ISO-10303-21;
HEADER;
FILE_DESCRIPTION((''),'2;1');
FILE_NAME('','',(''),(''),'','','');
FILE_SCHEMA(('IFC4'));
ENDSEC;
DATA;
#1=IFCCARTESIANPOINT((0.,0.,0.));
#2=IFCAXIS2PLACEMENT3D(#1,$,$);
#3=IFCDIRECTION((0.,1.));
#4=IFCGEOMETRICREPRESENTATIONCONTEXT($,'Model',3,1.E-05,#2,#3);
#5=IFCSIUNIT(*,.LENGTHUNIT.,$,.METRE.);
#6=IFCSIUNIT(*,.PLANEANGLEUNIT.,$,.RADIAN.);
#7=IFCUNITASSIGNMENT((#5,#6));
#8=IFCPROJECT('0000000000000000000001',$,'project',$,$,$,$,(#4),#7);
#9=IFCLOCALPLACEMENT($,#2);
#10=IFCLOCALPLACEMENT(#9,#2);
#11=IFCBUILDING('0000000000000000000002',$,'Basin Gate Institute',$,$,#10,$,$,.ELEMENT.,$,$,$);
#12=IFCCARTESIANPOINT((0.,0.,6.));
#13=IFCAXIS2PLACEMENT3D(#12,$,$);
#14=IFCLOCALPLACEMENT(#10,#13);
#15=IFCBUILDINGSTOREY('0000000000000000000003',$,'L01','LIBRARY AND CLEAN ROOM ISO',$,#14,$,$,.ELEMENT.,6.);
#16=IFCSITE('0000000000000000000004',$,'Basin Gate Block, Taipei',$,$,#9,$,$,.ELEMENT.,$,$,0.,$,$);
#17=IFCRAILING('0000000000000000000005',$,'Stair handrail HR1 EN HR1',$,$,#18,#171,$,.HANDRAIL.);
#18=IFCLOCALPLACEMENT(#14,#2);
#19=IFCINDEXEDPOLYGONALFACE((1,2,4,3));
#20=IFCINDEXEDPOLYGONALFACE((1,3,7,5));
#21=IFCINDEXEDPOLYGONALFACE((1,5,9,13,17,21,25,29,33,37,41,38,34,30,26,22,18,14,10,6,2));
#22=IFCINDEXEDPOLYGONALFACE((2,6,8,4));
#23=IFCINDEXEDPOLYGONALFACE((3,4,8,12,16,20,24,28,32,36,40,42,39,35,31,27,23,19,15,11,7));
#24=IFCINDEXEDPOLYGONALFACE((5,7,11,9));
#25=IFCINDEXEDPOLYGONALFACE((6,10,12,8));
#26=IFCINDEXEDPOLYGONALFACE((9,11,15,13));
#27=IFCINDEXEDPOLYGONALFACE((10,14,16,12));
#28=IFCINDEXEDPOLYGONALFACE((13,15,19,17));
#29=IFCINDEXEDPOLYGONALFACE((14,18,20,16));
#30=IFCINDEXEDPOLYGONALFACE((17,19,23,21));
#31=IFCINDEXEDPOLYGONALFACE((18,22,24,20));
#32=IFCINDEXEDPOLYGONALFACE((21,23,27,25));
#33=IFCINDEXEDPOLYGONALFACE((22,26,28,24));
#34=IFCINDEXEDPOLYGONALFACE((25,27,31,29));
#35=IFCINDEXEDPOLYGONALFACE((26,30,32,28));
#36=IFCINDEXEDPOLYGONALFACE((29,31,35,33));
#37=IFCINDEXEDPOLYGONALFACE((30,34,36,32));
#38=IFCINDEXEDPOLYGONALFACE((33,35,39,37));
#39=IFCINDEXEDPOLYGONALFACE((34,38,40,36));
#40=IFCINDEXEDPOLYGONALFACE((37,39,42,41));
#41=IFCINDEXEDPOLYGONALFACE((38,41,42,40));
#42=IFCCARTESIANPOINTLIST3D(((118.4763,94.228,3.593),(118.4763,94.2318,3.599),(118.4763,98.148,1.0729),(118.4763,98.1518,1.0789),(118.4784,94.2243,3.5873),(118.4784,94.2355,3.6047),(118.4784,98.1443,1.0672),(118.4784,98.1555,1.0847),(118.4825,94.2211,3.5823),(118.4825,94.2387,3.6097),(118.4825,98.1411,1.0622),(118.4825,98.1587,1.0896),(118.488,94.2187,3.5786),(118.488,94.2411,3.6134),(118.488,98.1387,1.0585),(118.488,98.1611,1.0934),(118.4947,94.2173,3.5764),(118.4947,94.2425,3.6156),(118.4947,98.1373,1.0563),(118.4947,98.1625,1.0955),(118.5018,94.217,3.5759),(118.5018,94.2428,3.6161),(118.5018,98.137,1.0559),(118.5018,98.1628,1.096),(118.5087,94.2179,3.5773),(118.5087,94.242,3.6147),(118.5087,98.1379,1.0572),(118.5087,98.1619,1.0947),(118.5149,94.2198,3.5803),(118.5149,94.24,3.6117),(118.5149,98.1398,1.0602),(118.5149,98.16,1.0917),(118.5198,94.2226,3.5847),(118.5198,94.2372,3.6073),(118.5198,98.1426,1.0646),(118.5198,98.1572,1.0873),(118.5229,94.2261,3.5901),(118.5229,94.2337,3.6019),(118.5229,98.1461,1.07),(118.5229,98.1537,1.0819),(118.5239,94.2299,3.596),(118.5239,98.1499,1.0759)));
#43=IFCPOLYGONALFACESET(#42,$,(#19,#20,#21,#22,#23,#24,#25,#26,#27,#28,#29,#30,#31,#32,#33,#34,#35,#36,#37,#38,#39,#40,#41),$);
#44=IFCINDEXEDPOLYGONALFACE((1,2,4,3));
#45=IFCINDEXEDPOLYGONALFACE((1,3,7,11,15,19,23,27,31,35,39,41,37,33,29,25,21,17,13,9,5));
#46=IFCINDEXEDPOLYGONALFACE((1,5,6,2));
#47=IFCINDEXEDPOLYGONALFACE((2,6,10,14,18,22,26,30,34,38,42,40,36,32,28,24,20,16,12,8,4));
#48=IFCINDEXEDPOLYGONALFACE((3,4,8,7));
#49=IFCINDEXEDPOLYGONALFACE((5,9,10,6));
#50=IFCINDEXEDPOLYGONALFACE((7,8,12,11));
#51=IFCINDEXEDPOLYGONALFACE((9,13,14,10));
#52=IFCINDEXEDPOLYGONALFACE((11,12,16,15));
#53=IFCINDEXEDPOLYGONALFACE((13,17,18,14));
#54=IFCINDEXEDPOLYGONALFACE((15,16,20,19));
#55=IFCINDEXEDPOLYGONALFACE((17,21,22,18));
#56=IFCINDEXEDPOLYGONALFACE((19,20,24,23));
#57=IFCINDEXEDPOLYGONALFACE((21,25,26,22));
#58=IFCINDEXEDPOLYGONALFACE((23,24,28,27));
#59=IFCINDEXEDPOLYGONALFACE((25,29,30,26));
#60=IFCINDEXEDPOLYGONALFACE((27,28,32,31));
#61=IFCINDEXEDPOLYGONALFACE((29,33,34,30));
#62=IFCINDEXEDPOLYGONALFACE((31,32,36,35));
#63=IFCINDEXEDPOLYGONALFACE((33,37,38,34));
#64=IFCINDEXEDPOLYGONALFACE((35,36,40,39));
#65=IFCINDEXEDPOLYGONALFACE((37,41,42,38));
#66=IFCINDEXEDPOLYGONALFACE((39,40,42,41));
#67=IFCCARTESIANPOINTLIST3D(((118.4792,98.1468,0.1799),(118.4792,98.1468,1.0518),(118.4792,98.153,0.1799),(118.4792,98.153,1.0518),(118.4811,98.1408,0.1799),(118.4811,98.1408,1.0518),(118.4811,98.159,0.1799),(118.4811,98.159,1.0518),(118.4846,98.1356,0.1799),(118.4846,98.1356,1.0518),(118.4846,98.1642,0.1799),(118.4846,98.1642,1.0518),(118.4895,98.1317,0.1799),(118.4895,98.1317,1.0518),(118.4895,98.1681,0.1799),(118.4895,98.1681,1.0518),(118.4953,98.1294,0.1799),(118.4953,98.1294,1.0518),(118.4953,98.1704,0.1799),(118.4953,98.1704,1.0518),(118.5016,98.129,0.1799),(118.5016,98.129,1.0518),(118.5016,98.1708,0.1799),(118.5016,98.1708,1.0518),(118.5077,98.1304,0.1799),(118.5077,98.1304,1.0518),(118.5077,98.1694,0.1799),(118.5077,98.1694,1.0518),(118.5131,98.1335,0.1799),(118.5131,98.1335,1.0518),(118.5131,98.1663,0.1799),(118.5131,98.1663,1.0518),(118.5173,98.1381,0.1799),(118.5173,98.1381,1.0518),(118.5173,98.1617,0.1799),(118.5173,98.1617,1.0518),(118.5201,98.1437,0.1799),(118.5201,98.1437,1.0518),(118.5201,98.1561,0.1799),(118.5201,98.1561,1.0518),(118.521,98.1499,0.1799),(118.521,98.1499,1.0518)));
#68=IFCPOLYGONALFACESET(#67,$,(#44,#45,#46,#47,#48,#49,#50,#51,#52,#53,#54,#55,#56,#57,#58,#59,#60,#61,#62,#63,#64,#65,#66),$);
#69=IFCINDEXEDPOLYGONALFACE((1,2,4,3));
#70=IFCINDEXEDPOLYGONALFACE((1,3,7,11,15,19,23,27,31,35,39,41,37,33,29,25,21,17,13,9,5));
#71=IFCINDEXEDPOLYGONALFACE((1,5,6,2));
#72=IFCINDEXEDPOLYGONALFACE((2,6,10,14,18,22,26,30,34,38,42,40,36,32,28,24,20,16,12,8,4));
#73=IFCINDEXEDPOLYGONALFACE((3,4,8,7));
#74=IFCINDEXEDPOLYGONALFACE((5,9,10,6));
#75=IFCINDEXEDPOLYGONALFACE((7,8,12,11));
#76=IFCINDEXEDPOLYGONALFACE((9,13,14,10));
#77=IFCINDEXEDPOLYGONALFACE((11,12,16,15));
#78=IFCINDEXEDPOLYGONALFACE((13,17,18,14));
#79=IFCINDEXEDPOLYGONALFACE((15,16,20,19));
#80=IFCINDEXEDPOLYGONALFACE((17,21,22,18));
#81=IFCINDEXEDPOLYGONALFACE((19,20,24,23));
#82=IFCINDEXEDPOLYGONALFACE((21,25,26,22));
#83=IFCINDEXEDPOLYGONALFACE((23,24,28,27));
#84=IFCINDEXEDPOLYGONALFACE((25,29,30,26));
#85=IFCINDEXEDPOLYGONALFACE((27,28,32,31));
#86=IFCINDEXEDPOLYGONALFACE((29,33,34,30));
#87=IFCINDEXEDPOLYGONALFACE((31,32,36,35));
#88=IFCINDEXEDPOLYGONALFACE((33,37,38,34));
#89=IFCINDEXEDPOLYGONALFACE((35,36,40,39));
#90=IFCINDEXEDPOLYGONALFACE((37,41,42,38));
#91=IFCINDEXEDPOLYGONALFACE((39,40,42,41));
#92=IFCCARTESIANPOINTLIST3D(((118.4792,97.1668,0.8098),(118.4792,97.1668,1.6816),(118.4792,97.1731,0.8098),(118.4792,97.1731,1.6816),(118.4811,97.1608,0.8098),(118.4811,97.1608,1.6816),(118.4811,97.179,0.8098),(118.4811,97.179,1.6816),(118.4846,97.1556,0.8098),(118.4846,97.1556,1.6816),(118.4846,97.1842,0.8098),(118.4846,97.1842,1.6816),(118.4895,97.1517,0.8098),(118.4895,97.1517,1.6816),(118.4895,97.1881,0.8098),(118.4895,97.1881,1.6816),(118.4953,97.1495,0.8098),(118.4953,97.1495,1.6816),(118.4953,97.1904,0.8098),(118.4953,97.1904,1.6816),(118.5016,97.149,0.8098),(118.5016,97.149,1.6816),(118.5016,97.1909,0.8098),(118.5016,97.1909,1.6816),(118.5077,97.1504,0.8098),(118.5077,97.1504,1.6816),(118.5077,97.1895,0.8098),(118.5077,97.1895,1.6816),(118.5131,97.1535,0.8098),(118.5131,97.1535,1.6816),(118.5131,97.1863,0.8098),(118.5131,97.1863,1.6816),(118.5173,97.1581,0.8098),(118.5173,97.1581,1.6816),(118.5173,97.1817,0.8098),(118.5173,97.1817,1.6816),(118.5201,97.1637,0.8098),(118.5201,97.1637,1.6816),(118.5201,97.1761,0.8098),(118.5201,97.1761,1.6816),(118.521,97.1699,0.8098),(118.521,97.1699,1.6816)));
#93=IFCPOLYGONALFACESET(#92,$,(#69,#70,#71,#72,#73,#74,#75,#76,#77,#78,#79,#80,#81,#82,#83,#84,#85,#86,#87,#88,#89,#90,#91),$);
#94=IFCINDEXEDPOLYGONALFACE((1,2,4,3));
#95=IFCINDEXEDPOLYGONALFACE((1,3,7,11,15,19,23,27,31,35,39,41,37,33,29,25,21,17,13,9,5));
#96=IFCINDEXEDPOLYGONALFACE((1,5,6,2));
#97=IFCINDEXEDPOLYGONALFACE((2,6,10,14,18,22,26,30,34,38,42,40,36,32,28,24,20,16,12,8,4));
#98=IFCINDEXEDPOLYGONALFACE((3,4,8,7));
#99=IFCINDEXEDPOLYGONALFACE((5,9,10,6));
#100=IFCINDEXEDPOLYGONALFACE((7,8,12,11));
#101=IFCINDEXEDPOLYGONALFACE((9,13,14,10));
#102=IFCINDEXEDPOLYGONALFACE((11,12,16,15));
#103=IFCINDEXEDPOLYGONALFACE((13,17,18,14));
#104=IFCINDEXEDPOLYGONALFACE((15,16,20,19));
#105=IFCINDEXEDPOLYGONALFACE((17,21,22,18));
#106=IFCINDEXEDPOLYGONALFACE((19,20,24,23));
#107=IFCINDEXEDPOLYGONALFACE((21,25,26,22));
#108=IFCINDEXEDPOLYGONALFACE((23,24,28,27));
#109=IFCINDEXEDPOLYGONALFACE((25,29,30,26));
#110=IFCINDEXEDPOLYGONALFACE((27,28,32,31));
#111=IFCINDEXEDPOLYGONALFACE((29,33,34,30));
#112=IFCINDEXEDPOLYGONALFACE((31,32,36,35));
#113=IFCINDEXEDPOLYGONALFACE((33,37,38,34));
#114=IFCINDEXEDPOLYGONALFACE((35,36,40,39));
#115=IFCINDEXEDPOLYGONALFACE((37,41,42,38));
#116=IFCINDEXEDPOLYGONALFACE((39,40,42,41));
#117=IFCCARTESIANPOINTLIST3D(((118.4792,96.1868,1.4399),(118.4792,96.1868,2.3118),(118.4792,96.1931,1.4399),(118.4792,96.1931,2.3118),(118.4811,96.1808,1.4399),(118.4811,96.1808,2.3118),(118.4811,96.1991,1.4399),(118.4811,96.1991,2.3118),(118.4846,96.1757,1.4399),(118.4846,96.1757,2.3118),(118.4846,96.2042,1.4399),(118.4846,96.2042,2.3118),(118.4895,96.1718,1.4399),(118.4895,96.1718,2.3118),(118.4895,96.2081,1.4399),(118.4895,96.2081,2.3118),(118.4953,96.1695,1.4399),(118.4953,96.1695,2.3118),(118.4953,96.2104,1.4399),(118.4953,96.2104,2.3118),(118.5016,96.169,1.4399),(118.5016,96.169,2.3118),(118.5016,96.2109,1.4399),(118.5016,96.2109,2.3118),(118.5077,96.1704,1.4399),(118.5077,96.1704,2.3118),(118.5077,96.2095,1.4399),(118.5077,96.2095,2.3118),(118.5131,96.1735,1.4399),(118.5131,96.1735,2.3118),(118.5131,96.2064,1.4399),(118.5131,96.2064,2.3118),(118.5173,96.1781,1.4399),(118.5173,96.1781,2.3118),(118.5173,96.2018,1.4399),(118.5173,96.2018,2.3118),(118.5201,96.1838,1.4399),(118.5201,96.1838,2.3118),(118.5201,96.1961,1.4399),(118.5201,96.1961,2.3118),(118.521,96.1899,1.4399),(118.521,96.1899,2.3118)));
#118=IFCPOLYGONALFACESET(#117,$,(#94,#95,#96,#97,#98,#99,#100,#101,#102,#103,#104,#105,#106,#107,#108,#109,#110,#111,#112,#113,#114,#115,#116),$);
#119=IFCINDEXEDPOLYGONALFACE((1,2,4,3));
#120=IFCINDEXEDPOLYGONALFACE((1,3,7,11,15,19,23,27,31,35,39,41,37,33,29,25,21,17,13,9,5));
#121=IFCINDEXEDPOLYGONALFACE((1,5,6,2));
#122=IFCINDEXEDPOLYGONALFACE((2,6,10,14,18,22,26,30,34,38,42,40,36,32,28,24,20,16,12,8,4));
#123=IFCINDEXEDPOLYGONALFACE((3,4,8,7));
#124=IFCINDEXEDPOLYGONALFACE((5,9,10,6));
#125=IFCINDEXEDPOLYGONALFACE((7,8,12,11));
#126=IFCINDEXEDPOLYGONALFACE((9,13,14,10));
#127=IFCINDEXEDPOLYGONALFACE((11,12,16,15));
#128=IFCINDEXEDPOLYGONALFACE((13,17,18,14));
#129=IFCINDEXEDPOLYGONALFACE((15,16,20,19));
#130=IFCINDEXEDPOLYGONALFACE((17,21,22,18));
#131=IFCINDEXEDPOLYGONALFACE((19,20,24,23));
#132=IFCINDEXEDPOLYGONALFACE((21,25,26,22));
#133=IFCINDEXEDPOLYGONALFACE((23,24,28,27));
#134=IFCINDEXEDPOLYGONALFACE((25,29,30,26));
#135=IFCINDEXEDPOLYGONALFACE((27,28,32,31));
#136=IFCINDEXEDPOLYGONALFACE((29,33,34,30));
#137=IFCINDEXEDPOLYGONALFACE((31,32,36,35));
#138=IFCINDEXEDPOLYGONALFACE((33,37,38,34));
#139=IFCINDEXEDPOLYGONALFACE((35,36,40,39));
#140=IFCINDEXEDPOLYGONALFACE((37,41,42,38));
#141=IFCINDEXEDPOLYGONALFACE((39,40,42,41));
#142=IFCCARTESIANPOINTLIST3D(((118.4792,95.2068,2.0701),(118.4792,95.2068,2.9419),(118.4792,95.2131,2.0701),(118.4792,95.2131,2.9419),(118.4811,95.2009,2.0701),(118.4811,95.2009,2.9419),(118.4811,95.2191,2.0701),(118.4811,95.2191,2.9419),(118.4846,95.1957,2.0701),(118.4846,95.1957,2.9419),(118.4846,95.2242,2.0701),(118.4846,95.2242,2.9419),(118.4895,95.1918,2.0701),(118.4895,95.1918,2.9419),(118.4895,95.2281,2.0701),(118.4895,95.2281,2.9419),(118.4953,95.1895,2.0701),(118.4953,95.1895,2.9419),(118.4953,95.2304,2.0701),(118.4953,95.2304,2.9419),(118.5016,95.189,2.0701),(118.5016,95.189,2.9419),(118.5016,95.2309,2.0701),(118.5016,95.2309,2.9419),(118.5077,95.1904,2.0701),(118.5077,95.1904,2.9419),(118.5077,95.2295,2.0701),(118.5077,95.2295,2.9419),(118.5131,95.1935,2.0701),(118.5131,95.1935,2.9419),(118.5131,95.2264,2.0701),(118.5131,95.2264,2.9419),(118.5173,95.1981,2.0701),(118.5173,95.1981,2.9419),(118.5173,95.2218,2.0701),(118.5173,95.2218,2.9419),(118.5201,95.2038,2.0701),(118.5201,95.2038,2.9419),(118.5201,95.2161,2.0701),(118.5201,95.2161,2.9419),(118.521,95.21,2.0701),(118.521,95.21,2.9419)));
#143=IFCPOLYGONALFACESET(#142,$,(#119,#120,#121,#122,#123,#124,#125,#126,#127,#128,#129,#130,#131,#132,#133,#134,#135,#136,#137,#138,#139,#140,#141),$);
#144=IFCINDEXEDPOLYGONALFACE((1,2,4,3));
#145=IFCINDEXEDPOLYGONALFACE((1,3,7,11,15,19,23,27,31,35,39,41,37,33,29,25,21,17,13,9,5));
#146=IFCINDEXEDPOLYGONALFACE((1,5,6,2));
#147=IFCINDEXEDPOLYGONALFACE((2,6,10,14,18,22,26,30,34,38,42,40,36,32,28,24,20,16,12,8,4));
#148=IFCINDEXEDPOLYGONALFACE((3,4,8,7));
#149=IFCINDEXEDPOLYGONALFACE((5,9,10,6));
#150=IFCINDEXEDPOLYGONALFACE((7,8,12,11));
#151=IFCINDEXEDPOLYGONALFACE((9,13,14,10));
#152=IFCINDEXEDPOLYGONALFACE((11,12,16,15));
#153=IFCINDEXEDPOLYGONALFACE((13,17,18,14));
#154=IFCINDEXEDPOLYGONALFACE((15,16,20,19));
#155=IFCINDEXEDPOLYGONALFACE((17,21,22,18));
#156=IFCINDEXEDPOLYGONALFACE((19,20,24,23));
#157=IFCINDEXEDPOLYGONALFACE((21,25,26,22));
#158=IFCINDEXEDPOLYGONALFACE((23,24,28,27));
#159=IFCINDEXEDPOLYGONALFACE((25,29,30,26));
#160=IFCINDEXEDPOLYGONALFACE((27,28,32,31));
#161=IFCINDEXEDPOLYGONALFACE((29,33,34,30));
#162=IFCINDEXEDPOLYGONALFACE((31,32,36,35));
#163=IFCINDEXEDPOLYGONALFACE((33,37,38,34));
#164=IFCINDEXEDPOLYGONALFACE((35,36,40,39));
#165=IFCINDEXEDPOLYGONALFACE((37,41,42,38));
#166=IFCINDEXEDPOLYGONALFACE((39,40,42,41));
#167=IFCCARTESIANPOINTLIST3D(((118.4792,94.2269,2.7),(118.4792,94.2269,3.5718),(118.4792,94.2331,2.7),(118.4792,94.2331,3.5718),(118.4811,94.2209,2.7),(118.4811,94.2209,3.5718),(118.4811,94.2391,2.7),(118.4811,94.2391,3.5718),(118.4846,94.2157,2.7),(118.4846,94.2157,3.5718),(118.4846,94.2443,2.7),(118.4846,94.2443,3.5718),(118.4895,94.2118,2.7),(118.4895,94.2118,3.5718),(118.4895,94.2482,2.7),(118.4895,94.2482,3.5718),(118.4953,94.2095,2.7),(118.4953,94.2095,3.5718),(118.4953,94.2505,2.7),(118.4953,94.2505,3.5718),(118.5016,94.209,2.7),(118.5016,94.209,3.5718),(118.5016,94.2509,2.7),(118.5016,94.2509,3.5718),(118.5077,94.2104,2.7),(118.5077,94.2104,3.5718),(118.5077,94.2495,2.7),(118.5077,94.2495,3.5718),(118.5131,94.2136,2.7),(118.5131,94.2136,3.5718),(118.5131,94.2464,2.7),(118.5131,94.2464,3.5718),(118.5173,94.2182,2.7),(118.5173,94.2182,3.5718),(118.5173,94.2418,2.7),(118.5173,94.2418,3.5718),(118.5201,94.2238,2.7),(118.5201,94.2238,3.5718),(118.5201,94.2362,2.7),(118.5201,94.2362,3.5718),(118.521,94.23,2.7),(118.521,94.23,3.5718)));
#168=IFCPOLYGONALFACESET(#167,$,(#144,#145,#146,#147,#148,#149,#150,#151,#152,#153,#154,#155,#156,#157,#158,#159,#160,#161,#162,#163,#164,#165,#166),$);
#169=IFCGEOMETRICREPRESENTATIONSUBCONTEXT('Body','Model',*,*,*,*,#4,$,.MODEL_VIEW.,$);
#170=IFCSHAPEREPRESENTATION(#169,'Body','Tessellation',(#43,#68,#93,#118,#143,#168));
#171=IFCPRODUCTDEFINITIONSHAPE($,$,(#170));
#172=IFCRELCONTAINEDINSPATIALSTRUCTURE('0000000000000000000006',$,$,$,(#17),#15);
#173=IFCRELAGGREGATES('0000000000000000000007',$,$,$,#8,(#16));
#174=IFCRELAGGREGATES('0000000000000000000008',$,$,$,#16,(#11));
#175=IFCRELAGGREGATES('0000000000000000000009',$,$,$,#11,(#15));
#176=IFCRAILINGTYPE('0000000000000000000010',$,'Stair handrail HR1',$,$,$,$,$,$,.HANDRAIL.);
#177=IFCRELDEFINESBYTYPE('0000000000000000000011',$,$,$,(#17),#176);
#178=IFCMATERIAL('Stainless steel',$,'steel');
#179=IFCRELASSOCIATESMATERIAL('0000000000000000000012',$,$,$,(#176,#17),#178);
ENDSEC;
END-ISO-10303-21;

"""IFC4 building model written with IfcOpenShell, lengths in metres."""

from ifc_helpers import new_model, si_unit, direction, frame, origin, origin_2d, place, context, subcontext, project, spatial, circle, extrude, material, type_object, element, save


model = new_model("IFC4")

# Units and contexts
model_context = context("Model", 3, precision=1e-05, world=origin(), true_north=direction((0.0, 1.0)))
body_context = subcontext(model_context, "Body", "Model", "MODEL_VIEW")
ifc_project = project(units=[si_unit("LENGTHUNIT", "METRE"), si_unit("PLANEANGLEUNIT", "RADIAN")], contexts=[model_context])

# Site, building, storey
site_placement = place(None, origin())
site = spatial("IfcSite", under=ifc_project, at=site_placement, Name="Basin Gate Block, Taipei", CompositionType="ELEMENT", RefElevation=0.0)
building_placement = place(site_placement, origin())
building = spatial("IfcBuilding", under=site, at=building_placement, Name="Basin Gate Institute", CompositionType="ELEMENT")
storey_placement = place(building_placement, frame((0.0, 0.0, 6.0)))
storey = spatial("IfcBuildingStorey", under=building, at=storey_placement, Name="L01", Description="LIBRARY AND CLEAN ROOM ISO", CompositionType="ELEMENT", Elevation=6.0)

# Railing
ifc_material_1 = material(Name="Stainless steel", Category="steel")
railing_type_1 = type_object("IfcRailingType", Name="Stair handrail HR1", PredefinedType="HANDRAIL", material=ifc_material_1)
railing_1_placement = place(storey_placement, frame((118.5, 98.1499, 0.1799)))
element("IfcRailing", 1, at=railing_1_placement, inside=storey, type_object=railing_type_1, material=ifc_material_1, Name="Stair handrail HR1 EN HR1", PredefinedType="HANDRAIL", context=body_context, shape_type="SweptSolid", body=[
    extrude(circle(Radius=0.0239, at=origin_2d()), frame((0.0, 0.0, 0.896), z_axis=(0.0, -0.841172, 0.540768), x_axis=(1.0, 0.0, 0.0)), (0.0, 0.0, 1.0), 4.6602),
    extrude(circle(Radius=0.021, at=origin_2d()), origin(), (0.0, 0.0, 1.0), 0.8718),
    extrude(circle(Radius=0.021, at=origin_2d()), frame((0.0, -0.98, 0.6299)), (0.0, 0.0, 1.0), 0.8718),
    extrude(circle(Radius=0.021, at=origin_2d()), frame((0.0, -1.96, 1.26)), (0.0, 0.0, 1.0), 0.8718),
    extrude(circle(Radius=0.021, at=origin_2d()), frame((0.0, -2.9399, 1.8901)), (0.0, 0.0, 1.0), 0.8718),
    extrude(circle(Radius=0.021, at=origin_2d()), frame((0.0, -3.9199, 2.52)), (0.0, 0.0, 1.0), 0.8718),
])

save(model, "model.ifc")
